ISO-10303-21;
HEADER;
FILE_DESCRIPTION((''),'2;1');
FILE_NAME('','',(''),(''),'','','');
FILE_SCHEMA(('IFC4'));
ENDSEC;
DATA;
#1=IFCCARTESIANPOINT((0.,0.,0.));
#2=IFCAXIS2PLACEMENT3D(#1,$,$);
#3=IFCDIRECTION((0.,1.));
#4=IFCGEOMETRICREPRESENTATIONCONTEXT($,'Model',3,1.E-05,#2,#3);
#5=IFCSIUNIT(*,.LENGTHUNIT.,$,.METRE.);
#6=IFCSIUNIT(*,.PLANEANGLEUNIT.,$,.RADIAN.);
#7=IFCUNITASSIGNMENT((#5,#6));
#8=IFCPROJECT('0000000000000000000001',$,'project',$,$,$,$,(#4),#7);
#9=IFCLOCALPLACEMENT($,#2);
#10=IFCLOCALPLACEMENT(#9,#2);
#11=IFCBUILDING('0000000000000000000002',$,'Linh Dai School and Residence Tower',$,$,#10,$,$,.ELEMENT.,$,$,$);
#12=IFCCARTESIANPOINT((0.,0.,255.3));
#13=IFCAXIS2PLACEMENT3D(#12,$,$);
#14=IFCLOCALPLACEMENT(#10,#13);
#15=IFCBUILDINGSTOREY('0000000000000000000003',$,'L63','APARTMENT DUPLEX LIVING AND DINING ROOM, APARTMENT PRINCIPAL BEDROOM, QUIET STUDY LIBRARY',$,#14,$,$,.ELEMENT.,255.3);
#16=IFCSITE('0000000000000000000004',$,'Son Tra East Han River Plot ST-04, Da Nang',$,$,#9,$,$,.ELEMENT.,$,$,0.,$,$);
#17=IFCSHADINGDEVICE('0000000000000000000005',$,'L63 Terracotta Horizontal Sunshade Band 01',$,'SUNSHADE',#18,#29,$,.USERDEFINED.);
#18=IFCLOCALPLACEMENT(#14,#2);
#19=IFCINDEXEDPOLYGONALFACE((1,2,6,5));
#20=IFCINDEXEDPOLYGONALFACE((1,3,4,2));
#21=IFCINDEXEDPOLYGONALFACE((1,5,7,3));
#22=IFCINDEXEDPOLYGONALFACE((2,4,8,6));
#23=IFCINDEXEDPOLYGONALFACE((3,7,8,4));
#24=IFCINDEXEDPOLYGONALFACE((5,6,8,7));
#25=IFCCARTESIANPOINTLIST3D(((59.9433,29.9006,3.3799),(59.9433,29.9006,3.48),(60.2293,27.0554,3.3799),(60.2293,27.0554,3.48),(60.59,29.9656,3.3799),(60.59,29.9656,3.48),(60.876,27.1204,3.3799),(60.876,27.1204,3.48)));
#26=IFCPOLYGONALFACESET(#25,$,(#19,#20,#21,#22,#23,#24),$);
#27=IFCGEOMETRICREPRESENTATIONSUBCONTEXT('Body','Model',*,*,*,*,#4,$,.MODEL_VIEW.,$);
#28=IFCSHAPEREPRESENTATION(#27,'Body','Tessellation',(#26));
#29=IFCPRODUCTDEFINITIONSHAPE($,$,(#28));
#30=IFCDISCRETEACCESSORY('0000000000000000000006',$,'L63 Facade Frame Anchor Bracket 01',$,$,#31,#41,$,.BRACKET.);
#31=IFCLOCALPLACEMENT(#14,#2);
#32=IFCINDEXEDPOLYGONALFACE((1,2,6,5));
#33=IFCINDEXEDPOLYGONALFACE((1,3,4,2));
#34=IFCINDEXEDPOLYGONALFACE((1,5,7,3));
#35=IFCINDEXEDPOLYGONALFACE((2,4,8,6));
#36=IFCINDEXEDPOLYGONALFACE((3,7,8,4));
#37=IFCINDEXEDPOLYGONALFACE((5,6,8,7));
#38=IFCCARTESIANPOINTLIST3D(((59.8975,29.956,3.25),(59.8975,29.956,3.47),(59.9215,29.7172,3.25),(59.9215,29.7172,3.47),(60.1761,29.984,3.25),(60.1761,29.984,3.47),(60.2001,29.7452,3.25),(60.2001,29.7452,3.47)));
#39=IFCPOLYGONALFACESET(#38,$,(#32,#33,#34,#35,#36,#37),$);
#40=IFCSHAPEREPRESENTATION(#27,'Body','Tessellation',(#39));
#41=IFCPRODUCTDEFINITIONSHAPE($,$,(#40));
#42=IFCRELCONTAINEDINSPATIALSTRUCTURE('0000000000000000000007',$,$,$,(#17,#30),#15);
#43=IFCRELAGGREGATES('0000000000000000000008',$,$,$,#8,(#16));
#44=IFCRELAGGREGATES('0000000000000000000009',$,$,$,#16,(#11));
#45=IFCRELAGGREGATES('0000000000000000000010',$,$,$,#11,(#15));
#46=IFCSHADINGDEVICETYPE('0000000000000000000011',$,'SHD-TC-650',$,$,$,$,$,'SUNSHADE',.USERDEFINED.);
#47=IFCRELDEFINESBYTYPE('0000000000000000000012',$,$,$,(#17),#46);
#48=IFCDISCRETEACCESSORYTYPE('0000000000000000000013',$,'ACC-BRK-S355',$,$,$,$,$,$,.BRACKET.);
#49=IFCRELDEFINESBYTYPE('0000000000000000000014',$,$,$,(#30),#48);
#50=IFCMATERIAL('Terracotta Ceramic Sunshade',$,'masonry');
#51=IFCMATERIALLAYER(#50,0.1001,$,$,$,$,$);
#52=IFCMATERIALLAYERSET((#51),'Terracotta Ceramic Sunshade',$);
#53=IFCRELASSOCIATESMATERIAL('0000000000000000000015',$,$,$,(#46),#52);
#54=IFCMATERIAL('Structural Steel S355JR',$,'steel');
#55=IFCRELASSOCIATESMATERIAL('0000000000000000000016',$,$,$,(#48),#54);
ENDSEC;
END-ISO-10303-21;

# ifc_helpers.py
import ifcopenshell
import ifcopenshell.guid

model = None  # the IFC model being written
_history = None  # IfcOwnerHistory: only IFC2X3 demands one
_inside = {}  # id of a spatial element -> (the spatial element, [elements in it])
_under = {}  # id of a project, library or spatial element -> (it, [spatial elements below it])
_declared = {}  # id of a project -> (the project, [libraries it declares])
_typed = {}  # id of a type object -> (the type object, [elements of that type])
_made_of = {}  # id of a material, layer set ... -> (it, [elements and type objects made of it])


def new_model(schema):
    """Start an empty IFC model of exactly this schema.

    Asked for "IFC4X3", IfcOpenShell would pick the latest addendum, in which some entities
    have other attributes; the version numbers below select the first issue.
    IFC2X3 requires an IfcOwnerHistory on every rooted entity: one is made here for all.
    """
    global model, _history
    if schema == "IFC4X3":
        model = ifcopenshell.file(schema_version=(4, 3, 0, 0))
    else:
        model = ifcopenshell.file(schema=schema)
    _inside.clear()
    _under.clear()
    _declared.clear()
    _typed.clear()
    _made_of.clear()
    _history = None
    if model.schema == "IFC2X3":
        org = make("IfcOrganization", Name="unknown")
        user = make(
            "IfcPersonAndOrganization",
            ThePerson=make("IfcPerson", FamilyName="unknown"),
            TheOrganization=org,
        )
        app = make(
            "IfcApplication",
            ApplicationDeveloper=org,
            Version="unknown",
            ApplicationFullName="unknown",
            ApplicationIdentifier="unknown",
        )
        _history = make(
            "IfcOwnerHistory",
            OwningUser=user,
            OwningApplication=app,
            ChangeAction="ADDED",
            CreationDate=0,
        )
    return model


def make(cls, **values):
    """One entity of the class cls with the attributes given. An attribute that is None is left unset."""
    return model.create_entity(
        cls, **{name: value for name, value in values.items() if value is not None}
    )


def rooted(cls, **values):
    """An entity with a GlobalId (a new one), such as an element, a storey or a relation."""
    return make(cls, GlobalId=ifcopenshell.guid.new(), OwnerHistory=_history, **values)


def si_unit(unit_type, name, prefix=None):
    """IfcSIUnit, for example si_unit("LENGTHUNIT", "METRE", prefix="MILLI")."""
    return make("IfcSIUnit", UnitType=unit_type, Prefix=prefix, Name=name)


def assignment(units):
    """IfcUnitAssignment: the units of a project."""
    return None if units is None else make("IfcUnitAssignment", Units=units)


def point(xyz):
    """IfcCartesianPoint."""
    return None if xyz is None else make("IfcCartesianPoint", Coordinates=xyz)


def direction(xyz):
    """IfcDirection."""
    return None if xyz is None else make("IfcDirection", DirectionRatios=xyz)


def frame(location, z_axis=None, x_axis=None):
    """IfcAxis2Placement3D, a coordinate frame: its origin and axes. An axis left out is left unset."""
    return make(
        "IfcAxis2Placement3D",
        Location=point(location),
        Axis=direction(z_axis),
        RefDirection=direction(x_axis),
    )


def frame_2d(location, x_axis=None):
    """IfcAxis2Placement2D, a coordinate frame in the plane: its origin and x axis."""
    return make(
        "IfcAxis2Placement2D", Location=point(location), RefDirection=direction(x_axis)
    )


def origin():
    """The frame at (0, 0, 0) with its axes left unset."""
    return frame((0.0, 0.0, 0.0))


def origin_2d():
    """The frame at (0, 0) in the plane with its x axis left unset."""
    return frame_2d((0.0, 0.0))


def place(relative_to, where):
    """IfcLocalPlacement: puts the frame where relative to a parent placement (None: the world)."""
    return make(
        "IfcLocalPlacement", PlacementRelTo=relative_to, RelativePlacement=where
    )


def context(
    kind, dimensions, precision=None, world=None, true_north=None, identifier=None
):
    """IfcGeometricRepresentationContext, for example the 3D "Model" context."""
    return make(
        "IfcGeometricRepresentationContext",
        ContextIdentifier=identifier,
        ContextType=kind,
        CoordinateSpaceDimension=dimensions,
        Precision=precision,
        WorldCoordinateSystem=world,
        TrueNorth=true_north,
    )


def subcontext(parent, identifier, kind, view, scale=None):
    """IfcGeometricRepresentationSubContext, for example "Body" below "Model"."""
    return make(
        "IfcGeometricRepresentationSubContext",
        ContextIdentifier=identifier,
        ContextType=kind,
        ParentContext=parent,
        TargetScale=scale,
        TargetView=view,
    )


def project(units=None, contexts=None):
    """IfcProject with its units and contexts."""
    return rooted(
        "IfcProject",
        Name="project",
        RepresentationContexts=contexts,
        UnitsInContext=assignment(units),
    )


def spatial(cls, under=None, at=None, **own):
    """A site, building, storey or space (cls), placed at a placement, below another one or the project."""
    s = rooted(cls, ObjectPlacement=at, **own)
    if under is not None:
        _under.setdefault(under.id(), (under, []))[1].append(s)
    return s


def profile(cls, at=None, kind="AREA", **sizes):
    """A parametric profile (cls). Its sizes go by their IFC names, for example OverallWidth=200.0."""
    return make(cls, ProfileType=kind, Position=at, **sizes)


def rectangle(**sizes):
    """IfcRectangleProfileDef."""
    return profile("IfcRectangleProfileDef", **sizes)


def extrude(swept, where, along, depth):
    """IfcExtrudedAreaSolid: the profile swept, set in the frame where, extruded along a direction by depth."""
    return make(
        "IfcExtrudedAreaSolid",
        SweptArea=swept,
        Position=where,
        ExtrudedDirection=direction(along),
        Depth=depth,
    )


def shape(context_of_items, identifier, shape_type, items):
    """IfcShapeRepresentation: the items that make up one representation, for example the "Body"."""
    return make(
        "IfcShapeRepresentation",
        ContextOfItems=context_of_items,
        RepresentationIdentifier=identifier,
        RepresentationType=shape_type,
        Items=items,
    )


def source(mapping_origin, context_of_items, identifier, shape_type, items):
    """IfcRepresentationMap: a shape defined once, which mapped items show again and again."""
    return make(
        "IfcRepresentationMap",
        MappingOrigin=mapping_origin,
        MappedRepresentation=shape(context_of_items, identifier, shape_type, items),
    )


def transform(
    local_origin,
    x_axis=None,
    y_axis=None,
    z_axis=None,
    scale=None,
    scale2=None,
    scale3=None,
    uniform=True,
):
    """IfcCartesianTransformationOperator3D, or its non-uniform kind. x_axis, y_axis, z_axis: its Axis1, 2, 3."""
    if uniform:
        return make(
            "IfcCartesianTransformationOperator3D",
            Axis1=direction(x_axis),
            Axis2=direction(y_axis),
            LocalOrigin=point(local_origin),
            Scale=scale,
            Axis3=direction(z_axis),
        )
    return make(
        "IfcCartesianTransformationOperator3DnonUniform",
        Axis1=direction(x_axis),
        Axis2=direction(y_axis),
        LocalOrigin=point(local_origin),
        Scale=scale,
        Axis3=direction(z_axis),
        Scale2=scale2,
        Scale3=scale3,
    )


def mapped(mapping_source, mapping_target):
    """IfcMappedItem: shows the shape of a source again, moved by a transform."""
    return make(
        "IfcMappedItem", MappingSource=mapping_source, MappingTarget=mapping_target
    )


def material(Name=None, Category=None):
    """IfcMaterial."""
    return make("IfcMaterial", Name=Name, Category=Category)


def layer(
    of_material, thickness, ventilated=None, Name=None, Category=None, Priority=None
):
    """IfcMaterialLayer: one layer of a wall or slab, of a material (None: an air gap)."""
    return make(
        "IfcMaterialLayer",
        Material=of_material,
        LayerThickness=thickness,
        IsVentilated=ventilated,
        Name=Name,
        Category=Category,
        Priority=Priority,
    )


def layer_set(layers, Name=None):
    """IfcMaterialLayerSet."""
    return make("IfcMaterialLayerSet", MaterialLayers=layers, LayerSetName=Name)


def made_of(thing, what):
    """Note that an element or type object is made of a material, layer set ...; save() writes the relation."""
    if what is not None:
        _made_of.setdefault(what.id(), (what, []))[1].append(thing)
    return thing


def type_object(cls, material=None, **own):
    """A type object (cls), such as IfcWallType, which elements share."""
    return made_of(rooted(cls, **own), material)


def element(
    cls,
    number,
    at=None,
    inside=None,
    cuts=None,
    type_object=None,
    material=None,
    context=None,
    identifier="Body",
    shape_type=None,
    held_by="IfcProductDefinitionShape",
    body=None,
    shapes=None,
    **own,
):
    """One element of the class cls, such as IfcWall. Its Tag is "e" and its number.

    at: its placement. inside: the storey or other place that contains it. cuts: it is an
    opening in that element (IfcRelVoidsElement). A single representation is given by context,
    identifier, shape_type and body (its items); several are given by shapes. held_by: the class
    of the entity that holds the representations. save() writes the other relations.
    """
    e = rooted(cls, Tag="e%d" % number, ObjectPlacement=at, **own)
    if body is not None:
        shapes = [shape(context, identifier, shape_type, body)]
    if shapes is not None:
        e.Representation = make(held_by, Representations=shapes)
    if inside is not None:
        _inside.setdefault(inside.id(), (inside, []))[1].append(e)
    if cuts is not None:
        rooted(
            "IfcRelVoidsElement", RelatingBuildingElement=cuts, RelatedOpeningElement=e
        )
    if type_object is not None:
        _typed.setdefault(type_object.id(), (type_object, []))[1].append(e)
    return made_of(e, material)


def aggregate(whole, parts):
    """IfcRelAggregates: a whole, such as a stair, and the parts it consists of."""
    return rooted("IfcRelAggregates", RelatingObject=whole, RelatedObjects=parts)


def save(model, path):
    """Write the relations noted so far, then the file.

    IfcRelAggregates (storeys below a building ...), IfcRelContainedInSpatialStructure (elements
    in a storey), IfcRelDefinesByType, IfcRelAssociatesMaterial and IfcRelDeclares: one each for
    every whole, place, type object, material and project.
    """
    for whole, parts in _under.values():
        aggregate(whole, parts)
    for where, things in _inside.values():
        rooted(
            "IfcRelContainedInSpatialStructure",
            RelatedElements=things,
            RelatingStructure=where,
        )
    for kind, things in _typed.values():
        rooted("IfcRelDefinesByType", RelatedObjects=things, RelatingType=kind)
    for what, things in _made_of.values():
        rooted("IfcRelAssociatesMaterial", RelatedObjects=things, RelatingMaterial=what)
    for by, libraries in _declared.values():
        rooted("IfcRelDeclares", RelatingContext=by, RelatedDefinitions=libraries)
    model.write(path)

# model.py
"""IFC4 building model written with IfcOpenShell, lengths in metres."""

from ifc_helpers import new_model, si_unit, direction, frame, origin, origin_2d, place, context, subcontext, project, spatial, rectangle, extrude, source, transform, mapped, material, layer, layer_set, type_object, element, save


model = new_model("IFC4")

# Units and contexts
model_context = context("Model", 3, precision=1e-05, world=origin(), true_north=direction((0.0, 1.0)))
body_context = subcontext(model_context, "Body", "Model", "MODEL_VIEW")
ifc_project = project(units=[si_unit("LENGTHUNIT", "METRE"), si_unit("PLANEANGLEUNIT", "RADIAN")], contexts=[model_context])

# Site, building, storey
site_placement = place(None, origin())
site = spatial("IfcSite", under=ifc_project, at=site_placement, Name="Son Tra East Han River Plot ST-04, Da Nang", CompositionType="ELEMENT", RefElevation=0.0)
building_placement = place(site_placement, origin())
building = spatial("IfcBuilding", under=site, at=building_placement, Name="Linh Dai School and Residence Tower", CompositionType="ELEMENT")
storey_placement = place(building_placement, frame((0.0, 0.0, 255.3)))
storey = spatial("IfcBuildingStorey", under=building, at=storey_placement, Name="L63", Description="APARTMENT DUPLEX LIVING AND DINING ROOM, APARTMENT PRINCIPAL BEDROOM, QUIET STUDY LIBRARY", CompositionType="ELEMENT", Elevation=255.3)

# Shared definitions
ifc_material_1 = material(Name="Structural Steel S355JR", Category="steel")

# Shading device
ifc_material_2 = material(Name="Terracotta Ceramic Sunshade", Category="masonry")
ifc_layer_1 = layer(ifc_material_2, 0.1001)
ifc_layer_set_1 = layer_set([ifc_layer_1], Name="Terracotta Ceramic Sunshade")
shading_device_type = type_object("IfcShadingDeviceType", Name="SHD-TC-650", ElementType="SUNSHADE", PredefinedType="USERDEFINED", material=ifc_layer_set_1)
shared_shape_1 = source(origin(), body_context, "Body", "SweptSolid", [
    extrude(rectangle(XDim=2.8596, YDim=0.6499, at=origin_2d()), origin(), (0.0, 0.0, 1.0), 0.1001),
])
shading_device_placement = place(storey_placement, frame((60.4097, 28.5105, 3.3799), z_axis=(0.0, 0.0, 1.0), x_axis=(0.100012, -0.994986, 0.0)))
element("IfcShadingDevice", 1, at=shading_device_placement, inside=storey, type_object=shading_device_type, Name="L63 Terracotta Horizontal Sunshade Band 01", ObjectType="SUNSHADE", PredefinedType="USERDEFINED", context=body_context, shape_type="MappedRepresentation", body=[
    mapped(shared_shape_1, transform((0.0, 0.0, 0.0), x_axis=(1.0, 0.0, 0.0), y_axis=(0.0, 1.0, 0.0), z_axis=(0.0, 0.0, 1.0), scale=1.0)),
])

# Discrete accessory
discrete_accessory_type = type_object("IfcDiscreteAccessoryType", Name="ACC-BRK-S355", PredefinedType="BRACKET", material=ifc_material_1)
shared_shape_2 = source(origin(), body_context, "Body", "SweptSolid", [
    extrude(rectangle(XDim=0.28, YDim=0.24, at=origin_2d()), origin(), (0.0, 0.0, 1.0), 0.22),
])
discrete_accessory_placement = place(storey_placement, frame((60.0488, 29.8506, 3.25), z_axis=(0.0, 0.0, 1.0), x_axis=(0.994986, 0.100012, 0.0)))
element("IfcDiscreteAccessory", 2, at=discrete_accessory_placement, inside=storey, type_object=discrete_accessory_type, Name="L63 Facade Frame Anchor Bracket 01", PredefinedType="BRACKET", context=body_context, shape_type="MappedRepresentation", body=[
    mapped(shared_shape_2, transform((0.0, 0.0, 0.0), x_axis=(1.0, 0.0, 0.0), y_axis=(0.0, 1.0, 0.0), z_axis=(0.0, 0.0, 1.0), scale=1.0)),
])

save(model, "model.ifc")
